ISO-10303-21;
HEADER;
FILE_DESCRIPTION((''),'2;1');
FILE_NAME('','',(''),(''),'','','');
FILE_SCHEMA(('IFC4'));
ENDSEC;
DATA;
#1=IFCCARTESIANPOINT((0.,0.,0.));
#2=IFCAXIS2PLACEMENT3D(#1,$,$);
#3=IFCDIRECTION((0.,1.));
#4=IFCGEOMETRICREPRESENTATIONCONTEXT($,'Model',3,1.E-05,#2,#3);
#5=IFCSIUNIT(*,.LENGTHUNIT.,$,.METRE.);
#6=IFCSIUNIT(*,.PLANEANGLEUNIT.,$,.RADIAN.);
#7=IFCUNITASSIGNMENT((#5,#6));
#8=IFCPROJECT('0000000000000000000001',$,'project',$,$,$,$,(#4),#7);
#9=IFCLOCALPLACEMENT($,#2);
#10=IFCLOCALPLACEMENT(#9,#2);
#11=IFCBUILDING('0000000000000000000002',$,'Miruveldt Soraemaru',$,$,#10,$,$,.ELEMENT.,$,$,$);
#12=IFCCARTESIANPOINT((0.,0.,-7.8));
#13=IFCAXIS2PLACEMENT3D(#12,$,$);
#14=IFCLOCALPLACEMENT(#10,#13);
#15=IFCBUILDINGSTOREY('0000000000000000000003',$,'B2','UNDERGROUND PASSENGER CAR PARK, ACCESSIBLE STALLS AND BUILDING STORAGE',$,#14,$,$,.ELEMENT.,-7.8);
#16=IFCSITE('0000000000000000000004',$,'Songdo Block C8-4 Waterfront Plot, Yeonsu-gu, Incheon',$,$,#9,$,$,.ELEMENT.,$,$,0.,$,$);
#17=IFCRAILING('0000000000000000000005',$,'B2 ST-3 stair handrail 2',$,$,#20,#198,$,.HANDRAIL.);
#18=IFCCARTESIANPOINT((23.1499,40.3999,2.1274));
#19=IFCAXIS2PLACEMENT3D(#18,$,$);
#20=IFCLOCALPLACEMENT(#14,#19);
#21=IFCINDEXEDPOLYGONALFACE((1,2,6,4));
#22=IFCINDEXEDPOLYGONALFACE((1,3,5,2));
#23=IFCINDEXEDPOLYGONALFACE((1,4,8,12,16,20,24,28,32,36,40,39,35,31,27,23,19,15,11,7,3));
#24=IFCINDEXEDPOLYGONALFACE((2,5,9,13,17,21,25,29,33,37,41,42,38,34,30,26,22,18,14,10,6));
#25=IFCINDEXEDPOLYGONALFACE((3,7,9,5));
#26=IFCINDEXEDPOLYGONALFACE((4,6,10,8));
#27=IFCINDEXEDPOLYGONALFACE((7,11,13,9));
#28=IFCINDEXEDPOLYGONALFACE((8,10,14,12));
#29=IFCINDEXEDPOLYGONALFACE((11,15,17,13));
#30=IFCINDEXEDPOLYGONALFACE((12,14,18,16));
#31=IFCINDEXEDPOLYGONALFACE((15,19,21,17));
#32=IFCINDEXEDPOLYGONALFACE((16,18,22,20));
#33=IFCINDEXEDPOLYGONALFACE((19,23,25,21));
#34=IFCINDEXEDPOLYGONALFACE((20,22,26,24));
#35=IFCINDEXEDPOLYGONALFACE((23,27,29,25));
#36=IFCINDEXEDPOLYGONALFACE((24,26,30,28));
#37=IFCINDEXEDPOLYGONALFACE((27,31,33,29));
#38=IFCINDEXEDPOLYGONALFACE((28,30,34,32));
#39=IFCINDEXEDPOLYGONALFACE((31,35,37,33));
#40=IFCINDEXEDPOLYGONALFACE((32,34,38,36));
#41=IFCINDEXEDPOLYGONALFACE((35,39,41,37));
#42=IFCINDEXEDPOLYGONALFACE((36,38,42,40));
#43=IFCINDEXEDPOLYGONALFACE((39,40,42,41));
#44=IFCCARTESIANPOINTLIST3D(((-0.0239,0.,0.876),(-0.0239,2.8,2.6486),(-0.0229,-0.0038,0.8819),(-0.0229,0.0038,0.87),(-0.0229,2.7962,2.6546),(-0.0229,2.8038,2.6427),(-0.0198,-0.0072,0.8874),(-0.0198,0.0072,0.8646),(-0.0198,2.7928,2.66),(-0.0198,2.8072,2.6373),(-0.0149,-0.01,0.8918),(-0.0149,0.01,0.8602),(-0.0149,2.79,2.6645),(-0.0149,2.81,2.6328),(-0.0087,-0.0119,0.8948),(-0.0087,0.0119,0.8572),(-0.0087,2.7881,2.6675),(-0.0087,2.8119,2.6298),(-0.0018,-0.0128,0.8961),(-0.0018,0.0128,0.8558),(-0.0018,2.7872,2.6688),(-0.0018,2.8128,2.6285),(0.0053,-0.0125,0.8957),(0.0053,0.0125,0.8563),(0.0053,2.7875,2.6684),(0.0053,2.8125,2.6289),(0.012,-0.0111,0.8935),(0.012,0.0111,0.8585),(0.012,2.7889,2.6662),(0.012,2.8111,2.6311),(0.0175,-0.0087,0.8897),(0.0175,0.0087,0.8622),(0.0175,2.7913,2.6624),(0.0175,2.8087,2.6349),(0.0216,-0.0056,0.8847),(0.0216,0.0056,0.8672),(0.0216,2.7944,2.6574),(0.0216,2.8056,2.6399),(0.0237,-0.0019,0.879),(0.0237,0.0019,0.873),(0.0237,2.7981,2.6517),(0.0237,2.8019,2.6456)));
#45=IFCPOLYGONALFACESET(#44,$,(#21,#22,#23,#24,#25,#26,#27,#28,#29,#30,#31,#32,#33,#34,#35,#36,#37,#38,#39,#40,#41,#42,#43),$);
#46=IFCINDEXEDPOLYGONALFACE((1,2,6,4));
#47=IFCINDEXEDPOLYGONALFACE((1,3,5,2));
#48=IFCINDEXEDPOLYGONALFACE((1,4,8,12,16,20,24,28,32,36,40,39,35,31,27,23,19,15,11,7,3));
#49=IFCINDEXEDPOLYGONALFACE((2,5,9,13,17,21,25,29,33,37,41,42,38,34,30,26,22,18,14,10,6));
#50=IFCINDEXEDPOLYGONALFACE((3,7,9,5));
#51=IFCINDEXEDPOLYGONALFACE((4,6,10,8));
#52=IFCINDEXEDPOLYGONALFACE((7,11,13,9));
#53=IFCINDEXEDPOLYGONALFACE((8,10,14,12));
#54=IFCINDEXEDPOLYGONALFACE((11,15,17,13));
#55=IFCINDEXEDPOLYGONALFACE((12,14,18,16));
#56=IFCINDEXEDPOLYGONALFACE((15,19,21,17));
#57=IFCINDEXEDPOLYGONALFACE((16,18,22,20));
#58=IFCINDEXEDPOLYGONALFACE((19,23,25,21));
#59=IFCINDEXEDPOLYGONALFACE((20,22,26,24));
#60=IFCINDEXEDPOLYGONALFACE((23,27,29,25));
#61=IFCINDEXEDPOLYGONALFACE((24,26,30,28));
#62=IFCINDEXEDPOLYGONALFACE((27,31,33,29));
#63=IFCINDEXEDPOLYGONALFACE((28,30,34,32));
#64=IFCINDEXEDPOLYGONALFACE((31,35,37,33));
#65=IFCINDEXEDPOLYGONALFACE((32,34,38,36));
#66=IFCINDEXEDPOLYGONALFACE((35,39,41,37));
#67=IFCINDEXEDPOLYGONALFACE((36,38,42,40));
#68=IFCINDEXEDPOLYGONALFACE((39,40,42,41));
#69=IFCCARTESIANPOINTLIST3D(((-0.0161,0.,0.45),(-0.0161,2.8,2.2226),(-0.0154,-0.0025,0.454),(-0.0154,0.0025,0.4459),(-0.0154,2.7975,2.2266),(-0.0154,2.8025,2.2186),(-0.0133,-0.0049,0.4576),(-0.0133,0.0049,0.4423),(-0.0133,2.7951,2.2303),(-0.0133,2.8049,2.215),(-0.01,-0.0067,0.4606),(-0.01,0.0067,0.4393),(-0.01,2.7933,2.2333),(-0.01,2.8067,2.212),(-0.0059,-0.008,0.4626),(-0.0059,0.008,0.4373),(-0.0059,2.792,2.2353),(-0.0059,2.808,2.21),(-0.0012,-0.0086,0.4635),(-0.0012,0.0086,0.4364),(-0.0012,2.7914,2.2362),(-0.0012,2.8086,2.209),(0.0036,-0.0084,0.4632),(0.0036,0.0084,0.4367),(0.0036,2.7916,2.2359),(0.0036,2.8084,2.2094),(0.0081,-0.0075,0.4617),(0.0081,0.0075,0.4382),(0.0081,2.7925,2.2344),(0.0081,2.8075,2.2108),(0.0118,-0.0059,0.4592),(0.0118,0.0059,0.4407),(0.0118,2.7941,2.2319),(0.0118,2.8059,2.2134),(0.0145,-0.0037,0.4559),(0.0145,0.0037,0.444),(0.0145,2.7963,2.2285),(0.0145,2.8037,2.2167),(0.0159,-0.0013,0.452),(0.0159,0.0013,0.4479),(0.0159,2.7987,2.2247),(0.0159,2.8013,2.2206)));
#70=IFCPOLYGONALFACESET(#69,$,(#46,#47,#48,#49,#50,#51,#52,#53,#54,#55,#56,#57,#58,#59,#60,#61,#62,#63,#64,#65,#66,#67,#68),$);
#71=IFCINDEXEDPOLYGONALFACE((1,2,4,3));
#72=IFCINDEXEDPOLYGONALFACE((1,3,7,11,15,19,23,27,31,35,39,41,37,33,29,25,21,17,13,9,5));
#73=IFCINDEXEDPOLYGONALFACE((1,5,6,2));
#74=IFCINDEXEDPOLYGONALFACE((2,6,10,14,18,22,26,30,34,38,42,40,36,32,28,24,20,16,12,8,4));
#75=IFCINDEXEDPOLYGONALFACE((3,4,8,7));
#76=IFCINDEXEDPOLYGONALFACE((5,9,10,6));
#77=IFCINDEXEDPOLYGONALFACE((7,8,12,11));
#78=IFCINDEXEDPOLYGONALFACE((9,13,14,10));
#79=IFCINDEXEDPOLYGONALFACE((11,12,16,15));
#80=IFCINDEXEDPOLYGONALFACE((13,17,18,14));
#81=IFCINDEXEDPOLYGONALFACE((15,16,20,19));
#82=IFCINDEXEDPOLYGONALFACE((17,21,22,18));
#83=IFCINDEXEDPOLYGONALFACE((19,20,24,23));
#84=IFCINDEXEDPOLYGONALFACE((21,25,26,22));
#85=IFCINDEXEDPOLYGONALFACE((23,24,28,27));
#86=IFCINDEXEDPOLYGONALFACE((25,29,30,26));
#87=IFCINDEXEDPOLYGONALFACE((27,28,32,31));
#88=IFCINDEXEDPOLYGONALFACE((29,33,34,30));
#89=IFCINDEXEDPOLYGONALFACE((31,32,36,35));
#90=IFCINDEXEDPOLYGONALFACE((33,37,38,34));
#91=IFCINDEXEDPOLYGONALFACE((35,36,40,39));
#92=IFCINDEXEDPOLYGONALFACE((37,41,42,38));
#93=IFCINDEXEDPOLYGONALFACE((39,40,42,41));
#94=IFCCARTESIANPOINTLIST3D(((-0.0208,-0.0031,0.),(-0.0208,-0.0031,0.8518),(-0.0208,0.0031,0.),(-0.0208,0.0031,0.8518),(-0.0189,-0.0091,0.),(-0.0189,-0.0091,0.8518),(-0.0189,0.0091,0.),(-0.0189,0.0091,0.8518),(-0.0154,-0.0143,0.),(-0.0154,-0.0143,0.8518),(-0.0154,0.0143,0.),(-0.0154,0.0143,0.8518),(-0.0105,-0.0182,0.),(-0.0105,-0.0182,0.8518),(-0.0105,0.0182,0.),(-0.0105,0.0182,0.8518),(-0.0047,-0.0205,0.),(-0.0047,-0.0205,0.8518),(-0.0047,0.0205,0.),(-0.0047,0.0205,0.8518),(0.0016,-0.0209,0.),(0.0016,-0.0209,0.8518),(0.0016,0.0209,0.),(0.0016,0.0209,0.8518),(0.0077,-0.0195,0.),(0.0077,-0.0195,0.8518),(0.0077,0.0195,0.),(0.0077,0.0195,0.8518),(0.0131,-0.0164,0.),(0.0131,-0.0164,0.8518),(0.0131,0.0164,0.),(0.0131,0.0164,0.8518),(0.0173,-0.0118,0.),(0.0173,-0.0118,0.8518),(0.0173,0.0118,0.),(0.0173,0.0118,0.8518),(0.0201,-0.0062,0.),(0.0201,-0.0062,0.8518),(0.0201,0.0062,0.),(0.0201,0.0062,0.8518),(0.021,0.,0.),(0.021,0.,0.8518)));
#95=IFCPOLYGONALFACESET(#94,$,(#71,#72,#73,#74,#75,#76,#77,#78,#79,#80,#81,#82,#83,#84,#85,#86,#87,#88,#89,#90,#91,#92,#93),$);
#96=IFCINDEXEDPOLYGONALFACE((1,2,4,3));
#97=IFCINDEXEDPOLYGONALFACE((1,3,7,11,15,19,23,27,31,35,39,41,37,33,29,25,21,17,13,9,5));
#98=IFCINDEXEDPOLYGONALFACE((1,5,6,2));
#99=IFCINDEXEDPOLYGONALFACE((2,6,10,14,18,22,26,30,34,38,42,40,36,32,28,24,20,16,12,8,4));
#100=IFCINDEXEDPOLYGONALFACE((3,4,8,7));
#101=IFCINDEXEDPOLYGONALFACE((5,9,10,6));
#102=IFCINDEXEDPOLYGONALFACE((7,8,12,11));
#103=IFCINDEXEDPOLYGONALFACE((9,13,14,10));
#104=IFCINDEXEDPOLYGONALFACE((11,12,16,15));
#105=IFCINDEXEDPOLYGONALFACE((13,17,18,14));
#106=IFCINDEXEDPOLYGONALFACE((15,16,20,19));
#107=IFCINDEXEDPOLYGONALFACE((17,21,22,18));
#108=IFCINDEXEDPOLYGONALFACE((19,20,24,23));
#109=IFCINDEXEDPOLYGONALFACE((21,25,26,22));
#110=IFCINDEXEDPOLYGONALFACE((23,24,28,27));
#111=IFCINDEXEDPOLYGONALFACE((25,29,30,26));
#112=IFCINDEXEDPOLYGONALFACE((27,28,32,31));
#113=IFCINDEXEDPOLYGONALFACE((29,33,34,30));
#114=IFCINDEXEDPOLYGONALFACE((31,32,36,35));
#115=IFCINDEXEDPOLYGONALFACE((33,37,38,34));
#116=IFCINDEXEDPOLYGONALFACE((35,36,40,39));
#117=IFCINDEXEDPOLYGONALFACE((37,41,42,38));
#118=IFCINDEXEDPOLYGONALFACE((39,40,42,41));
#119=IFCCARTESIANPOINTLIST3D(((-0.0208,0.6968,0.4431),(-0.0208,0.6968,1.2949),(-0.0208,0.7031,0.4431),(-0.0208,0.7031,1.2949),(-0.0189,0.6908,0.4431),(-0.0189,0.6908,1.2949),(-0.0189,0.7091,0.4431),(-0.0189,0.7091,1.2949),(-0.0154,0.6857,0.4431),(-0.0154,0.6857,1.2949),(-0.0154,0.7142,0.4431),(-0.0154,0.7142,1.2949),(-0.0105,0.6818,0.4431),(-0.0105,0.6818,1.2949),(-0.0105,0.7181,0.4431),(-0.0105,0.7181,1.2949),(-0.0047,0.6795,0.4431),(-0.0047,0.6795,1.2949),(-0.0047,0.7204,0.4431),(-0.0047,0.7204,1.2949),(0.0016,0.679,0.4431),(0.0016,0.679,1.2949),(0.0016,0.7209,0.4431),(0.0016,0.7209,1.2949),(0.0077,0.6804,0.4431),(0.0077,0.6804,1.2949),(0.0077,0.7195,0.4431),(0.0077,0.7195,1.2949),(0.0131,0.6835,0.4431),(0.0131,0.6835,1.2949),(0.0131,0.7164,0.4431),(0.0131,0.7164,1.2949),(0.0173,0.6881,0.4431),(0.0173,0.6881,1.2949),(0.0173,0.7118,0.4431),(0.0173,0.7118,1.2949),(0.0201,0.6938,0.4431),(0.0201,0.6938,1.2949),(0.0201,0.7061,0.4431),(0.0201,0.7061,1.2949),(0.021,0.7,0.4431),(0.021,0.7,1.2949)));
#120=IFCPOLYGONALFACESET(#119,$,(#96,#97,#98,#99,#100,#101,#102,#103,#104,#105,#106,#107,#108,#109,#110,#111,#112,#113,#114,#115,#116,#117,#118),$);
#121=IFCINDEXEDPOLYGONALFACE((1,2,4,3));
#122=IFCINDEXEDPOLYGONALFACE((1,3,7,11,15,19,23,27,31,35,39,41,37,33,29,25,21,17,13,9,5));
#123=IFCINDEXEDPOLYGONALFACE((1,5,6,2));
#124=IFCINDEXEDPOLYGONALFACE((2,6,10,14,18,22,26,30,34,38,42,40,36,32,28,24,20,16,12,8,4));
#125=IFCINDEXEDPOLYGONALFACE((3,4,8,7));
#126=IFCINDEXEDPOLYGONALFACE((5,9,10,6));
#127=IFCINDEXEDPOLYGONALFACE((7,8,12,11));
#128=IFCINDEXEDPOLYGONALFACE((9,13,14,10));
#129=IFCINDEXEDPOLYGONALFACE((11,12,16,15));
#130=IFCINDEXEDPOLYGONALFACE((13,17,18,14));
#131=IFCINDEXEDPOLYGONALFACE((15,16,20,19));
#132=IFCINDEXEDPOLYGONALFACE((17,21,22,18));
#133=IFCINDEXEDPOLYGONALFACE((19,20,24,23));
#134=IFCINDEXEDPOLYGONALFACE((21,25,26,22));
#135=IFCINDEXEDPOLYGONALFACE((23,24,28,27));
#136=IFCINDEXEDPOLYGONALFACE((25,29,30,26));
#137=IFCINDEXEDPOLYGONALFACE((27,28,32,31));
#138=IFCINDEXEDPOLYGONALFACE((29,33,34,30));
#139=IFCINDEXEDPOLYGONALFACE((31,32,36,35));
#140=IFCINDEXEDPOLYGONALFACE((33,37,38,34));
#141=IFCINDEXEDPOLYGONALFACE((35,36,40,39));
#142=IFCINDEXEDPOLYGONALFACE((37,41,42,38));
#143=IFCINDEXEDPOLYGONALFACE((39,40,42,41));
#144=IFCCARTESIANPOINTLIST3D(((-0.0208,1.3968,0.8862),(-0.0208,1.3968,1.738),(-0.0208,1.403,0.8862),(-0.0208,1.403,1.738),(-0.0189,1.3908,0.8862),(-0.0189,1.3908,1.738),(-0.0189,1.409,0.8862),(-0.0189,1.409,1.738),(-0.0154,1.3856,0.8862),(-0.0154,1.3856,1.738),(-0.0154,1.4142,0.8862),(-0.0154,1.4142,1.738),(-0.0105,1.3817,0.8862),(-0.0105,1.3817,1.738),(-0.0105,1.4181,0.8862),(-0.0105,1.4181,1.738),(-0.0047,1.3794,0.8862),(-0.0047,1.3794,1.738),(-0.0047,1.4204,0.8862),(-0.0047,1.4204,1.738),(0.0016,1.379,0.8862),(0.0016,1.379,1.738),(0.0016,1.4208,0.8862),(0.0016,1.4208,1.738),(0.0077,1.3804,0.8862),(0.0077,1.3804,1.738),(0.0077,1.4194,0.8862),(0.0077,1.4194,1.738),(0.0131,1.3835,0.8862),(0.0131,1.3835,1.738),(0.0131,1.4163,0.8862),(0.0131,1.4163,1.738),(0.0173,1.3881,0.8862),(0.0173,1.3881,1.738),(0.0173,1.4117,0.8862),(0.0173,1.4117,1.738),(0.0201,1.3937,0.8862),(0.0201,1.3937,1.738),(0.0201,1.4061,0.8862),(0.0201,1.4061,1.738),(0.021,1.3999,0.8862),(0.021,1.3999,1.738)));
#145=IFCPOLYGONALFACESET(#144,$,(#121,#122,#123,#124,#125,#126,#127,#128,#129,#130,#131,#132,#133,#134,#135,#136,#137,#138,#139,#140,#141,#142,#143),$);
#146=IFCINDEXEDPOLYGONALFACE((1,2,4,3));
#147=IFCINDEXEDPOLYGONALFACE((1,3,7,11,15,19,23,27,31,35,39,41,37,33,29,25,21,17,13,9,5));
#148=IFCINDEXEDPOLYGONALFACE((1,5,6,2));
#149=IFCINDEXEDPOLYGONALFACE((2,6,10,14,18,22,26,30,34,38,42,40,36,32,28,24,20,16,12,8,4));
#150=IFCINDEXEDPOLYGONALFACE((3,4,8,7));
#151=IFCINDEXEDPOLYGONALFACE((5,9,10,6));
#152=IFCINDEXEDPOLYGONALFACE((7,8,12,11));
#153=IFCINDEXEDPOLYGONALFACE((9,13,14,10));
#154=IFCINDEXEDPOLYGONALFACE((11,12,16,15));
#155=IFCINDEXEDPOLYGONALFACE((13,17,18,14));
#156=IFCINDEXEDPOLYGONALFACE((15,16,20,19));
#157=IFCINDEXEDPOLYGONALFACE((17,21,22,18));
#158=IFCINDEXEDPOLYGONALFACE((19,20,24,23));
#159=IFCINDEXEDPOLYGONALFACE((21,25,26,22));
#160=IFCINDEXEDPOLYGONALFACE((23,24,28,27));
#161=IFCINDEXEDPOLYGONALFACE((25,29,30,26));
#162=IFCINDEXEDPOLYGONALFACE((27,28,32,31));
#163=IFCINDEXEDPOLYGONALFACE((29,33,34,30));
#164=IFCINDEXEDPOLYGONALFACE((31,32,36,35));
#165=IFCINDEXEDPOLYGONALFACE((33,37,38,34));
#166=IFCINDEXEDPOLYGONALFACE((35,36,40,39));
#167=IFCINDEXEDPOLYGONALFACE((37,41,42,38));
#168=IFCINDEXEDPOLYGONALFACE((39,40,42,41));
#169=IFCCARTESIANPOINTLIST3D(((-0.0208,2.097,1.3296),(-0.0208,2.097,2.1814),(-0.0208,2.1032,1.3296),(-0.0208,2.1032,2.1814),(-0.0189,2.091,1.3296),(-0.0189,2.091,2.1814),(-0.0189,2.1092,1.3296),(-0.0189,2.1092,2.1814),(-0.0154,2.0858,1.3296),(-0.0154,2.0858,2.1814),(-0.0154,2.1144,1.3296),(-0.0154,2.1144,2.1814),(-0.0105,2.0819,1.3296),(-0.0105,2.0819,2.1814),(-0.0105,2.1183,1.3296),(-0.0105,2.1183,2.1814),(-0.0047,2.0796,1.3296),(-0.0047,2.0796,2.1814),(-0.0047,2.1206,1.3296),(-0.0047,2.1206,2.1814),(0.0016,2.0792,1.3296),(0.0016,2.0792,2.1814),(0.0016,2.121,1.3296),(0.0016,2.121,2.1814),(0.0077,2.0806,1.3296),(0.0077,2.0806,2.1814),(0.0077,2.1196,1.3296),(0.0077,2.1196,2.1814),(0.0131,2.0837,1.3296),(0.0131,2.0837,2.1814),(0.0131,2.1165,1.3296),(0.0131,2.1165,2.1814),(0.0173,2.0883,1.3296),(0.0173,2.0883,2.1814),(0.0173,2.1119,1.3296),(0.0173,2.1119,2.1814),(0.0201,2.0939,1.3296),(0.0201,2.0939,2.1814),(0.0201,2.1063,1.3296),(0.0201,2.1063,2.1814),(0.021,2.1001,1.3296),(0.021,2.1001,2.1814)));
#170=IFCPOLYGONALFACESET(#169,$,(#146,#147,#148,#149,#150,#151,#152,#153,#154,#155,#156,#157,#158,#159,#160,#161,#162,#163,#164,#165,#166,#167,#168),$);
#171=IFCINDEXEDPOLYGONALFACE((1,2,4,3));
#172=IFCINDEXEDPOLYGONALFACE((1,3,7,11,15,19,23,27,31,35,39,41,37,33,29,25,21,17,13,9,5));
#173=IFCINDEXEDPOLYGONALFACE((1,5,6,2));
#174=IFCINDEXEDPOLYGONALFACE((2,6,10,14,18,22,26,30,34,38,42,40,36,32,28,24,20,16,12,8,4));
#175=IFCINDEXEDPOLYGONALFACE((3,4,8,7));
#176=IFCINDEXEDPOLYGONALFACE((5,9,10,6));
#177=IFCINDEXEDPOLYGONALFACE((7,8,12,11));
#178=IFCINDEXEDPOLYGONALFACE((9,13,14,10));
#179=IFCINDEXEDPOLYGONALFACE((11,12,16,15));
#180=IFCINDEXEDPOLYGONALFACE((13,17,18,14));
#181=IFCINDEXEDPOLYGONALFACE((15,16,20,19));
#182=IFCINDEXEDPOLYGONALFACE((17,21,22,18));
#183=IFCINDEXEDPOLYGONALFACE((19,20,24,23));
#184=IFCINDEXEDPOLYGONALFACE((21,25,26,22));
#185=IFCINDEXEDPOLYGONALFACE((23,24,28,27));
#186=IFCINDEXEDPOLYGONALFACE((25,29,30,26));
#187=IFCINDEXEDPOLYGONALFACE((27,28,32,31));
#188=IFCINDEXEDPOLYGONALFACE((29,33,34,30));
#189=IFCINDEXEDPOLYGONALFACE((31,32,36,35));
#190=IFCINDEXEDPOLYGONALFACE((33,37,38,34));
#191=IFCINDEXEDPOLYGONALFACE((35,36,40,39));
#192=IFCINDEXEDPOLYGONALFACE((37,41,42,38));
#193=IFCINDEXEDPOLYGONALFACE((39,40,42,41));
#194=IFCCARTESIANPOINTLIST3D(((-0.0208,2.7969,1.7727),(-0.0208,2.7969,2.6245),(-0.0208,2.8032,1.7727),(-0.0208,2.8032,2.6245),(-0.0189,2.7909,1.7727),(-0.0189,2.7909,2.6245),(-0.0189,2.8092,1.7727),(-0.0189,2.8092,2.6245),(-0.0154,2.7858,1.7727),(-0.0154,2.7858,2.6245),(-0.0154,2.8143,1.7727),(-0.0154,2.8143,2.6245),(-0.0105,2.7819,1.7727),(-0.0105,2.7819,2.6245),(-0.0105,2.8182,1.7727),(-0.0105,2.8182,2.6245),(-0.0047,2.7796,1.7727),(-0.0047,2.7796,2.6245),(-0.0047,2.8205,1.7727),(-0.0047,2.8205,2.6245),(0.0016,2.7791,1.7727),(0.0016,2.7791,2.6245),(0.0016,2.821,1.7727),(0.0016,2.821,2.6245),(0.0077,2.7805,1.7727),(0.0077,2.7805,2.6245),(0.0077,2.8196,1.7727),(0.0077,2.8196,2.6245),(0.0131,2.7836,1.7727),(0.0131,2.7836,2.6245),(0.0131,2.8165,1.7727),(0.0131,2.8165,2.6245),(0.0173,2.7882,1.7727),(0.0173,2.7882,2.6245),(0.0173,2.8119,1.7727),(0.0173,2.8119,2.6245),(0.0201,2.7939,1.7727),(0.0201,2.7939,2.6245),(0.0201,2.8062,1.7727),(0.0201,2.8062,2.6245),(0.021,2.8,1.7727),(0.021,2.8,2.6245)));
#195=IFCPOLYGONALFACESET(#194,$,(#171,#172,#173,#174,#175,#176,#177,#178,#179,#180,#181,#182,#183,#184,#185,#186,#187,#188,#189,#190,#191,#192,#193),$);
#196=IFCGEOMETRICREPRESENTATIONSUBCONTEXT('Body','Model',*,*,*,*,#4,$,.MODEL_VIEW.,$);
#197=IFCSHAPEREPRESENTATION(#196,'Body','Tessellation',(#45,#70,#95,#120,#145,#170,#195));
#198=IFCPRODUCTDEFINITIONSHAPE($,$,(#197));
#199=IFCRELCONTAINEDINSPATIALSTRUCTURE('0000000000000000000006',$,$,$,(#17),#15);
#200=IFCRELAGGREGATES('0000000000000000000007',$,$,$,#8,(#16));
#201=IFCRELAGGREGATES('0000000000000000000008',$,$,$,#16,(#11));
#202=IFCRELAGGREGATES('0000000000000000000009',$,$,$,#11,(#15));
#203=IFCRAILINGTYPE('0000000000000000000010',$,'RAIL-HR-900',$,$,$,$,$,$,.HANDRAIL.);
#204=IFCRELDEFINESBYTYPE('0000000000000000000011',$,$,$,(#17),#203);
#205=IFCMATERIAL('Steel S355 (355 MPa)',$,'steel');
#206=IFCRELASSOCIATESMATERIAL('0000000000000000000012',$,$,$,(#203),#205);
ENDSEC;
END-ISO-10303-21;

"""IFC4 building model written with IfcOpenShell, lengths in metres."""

from ifc_helpers import new_model, si_unit, direction, frame, origin, origin_2d, place, context, subcontext, project, spatial, circle, extrude, material, type_object, element, save


model = new_model("IFC4")

# Units and contexts
model_context = context("Model", 3, precision=1e-05, world=origin(), true_north=direction((0.0, 1.0)))
body_context = subcontext(model_context, "Body", "Model", "MODEL_VIEW")
ifc_project = project(units=[si_unit("LENGTHUNIT", "METRE"), si_unit("PLANEANGLEUNIT", "RADIAN")], contexts=[model_context])

# Site, building, storey
site_placement = place(None, origin())
site = spatial("IfcSite", under=ifc_project, at=site_placement, Name="Songdo Block C8-4 Waterfront Plot, Yeonsu-gu, Incheon", CompositionType="ELEMENT", RefElevation=0.0)
building_placement = place(site_placement, origin())
building = spatial("IfcBuilding", under=site, at=building_placement, Name="Miruveldt Soraemaru", CompositionType="ELEMENT")
storey_placement = place(building_placement, frame((0.0, 0.0, -7.8)))
storey = spatial("IfcBuildingStorey", under=building, at=storey_placement, Name="B2", Description="UNDERGROUND PASSENGER CAR PARK, ACCESSIBLE STALLS AND BUILDING STORAGE", CompositionType="ELEMENT", Elevation=-7.8)

# Railing
ifc_material_1 = material(Name="Steel S355 (355 MPa)", Category="steel")
railing_type_1 = type_object("IfcRailingType", Name="RAIL-HR-900", PredefinedType="HANDRAIL", material=ifc_material_1)
railing_1_placement = place(storey_placement, frame((23.1499, 40.3999, 2.1274)))
element("IfcRailing", 1, at=railing_1_placement, inside=storey, type_object=railing_type_1, Name="B2 ST-3 stair handrail 2", PredefinedType="HANDRAIL", context=body_context, shape_type="SweptSolid", body=[
    extrude(circle(Radius=0.0239, at=origin_2d()), frame((0.0, 0.0, 0.876), z_axis=(0.0, 0.844909, 0.53491), x_axis=(-1.0, 0.0, 0.0)), (0.0, 0.0, 1.0), 3.314),
    extrude(circle(Radius=0.0161, at=origin_2d()), frame((0.0, 0.0, 0.45), z_axis=(0.0, 0.844909, 0.53491), x_axis=(-1.0, 0.0, 0.0)), (0.0, 0.0, 1.0), 3.314),
    extrude(circle(Radius=0.021, at=origin_2d()), origin(), (0.0, 0.0, 1.0), 0.8518),
    extrude(circle(Radius=0.021, at=origin_2d()), frame((0.0, 0.7, 0.4431)), (0.0, 0.0, 1.0), 0.8518),
    extrude(circle(Radius=0.021, at=origin_2d()), frame((0.0, 1.3999, 0.8862)), (0.0, 0.0, 1.0), 0.8518),
    extrude(circle(Radius=0.021, at=origin_2d()), frame((0.0, 2.1001, 1.3296)), (0.0, 0.0, 1.0), 0.8518),
    extrude(circle(Radius=0.021, at=origin_2d()), frame((0.0, 2.8, 1.7727)), (0.0, 0.0, 1.0), 0.8518),
])

save(model, "model.ifc")
